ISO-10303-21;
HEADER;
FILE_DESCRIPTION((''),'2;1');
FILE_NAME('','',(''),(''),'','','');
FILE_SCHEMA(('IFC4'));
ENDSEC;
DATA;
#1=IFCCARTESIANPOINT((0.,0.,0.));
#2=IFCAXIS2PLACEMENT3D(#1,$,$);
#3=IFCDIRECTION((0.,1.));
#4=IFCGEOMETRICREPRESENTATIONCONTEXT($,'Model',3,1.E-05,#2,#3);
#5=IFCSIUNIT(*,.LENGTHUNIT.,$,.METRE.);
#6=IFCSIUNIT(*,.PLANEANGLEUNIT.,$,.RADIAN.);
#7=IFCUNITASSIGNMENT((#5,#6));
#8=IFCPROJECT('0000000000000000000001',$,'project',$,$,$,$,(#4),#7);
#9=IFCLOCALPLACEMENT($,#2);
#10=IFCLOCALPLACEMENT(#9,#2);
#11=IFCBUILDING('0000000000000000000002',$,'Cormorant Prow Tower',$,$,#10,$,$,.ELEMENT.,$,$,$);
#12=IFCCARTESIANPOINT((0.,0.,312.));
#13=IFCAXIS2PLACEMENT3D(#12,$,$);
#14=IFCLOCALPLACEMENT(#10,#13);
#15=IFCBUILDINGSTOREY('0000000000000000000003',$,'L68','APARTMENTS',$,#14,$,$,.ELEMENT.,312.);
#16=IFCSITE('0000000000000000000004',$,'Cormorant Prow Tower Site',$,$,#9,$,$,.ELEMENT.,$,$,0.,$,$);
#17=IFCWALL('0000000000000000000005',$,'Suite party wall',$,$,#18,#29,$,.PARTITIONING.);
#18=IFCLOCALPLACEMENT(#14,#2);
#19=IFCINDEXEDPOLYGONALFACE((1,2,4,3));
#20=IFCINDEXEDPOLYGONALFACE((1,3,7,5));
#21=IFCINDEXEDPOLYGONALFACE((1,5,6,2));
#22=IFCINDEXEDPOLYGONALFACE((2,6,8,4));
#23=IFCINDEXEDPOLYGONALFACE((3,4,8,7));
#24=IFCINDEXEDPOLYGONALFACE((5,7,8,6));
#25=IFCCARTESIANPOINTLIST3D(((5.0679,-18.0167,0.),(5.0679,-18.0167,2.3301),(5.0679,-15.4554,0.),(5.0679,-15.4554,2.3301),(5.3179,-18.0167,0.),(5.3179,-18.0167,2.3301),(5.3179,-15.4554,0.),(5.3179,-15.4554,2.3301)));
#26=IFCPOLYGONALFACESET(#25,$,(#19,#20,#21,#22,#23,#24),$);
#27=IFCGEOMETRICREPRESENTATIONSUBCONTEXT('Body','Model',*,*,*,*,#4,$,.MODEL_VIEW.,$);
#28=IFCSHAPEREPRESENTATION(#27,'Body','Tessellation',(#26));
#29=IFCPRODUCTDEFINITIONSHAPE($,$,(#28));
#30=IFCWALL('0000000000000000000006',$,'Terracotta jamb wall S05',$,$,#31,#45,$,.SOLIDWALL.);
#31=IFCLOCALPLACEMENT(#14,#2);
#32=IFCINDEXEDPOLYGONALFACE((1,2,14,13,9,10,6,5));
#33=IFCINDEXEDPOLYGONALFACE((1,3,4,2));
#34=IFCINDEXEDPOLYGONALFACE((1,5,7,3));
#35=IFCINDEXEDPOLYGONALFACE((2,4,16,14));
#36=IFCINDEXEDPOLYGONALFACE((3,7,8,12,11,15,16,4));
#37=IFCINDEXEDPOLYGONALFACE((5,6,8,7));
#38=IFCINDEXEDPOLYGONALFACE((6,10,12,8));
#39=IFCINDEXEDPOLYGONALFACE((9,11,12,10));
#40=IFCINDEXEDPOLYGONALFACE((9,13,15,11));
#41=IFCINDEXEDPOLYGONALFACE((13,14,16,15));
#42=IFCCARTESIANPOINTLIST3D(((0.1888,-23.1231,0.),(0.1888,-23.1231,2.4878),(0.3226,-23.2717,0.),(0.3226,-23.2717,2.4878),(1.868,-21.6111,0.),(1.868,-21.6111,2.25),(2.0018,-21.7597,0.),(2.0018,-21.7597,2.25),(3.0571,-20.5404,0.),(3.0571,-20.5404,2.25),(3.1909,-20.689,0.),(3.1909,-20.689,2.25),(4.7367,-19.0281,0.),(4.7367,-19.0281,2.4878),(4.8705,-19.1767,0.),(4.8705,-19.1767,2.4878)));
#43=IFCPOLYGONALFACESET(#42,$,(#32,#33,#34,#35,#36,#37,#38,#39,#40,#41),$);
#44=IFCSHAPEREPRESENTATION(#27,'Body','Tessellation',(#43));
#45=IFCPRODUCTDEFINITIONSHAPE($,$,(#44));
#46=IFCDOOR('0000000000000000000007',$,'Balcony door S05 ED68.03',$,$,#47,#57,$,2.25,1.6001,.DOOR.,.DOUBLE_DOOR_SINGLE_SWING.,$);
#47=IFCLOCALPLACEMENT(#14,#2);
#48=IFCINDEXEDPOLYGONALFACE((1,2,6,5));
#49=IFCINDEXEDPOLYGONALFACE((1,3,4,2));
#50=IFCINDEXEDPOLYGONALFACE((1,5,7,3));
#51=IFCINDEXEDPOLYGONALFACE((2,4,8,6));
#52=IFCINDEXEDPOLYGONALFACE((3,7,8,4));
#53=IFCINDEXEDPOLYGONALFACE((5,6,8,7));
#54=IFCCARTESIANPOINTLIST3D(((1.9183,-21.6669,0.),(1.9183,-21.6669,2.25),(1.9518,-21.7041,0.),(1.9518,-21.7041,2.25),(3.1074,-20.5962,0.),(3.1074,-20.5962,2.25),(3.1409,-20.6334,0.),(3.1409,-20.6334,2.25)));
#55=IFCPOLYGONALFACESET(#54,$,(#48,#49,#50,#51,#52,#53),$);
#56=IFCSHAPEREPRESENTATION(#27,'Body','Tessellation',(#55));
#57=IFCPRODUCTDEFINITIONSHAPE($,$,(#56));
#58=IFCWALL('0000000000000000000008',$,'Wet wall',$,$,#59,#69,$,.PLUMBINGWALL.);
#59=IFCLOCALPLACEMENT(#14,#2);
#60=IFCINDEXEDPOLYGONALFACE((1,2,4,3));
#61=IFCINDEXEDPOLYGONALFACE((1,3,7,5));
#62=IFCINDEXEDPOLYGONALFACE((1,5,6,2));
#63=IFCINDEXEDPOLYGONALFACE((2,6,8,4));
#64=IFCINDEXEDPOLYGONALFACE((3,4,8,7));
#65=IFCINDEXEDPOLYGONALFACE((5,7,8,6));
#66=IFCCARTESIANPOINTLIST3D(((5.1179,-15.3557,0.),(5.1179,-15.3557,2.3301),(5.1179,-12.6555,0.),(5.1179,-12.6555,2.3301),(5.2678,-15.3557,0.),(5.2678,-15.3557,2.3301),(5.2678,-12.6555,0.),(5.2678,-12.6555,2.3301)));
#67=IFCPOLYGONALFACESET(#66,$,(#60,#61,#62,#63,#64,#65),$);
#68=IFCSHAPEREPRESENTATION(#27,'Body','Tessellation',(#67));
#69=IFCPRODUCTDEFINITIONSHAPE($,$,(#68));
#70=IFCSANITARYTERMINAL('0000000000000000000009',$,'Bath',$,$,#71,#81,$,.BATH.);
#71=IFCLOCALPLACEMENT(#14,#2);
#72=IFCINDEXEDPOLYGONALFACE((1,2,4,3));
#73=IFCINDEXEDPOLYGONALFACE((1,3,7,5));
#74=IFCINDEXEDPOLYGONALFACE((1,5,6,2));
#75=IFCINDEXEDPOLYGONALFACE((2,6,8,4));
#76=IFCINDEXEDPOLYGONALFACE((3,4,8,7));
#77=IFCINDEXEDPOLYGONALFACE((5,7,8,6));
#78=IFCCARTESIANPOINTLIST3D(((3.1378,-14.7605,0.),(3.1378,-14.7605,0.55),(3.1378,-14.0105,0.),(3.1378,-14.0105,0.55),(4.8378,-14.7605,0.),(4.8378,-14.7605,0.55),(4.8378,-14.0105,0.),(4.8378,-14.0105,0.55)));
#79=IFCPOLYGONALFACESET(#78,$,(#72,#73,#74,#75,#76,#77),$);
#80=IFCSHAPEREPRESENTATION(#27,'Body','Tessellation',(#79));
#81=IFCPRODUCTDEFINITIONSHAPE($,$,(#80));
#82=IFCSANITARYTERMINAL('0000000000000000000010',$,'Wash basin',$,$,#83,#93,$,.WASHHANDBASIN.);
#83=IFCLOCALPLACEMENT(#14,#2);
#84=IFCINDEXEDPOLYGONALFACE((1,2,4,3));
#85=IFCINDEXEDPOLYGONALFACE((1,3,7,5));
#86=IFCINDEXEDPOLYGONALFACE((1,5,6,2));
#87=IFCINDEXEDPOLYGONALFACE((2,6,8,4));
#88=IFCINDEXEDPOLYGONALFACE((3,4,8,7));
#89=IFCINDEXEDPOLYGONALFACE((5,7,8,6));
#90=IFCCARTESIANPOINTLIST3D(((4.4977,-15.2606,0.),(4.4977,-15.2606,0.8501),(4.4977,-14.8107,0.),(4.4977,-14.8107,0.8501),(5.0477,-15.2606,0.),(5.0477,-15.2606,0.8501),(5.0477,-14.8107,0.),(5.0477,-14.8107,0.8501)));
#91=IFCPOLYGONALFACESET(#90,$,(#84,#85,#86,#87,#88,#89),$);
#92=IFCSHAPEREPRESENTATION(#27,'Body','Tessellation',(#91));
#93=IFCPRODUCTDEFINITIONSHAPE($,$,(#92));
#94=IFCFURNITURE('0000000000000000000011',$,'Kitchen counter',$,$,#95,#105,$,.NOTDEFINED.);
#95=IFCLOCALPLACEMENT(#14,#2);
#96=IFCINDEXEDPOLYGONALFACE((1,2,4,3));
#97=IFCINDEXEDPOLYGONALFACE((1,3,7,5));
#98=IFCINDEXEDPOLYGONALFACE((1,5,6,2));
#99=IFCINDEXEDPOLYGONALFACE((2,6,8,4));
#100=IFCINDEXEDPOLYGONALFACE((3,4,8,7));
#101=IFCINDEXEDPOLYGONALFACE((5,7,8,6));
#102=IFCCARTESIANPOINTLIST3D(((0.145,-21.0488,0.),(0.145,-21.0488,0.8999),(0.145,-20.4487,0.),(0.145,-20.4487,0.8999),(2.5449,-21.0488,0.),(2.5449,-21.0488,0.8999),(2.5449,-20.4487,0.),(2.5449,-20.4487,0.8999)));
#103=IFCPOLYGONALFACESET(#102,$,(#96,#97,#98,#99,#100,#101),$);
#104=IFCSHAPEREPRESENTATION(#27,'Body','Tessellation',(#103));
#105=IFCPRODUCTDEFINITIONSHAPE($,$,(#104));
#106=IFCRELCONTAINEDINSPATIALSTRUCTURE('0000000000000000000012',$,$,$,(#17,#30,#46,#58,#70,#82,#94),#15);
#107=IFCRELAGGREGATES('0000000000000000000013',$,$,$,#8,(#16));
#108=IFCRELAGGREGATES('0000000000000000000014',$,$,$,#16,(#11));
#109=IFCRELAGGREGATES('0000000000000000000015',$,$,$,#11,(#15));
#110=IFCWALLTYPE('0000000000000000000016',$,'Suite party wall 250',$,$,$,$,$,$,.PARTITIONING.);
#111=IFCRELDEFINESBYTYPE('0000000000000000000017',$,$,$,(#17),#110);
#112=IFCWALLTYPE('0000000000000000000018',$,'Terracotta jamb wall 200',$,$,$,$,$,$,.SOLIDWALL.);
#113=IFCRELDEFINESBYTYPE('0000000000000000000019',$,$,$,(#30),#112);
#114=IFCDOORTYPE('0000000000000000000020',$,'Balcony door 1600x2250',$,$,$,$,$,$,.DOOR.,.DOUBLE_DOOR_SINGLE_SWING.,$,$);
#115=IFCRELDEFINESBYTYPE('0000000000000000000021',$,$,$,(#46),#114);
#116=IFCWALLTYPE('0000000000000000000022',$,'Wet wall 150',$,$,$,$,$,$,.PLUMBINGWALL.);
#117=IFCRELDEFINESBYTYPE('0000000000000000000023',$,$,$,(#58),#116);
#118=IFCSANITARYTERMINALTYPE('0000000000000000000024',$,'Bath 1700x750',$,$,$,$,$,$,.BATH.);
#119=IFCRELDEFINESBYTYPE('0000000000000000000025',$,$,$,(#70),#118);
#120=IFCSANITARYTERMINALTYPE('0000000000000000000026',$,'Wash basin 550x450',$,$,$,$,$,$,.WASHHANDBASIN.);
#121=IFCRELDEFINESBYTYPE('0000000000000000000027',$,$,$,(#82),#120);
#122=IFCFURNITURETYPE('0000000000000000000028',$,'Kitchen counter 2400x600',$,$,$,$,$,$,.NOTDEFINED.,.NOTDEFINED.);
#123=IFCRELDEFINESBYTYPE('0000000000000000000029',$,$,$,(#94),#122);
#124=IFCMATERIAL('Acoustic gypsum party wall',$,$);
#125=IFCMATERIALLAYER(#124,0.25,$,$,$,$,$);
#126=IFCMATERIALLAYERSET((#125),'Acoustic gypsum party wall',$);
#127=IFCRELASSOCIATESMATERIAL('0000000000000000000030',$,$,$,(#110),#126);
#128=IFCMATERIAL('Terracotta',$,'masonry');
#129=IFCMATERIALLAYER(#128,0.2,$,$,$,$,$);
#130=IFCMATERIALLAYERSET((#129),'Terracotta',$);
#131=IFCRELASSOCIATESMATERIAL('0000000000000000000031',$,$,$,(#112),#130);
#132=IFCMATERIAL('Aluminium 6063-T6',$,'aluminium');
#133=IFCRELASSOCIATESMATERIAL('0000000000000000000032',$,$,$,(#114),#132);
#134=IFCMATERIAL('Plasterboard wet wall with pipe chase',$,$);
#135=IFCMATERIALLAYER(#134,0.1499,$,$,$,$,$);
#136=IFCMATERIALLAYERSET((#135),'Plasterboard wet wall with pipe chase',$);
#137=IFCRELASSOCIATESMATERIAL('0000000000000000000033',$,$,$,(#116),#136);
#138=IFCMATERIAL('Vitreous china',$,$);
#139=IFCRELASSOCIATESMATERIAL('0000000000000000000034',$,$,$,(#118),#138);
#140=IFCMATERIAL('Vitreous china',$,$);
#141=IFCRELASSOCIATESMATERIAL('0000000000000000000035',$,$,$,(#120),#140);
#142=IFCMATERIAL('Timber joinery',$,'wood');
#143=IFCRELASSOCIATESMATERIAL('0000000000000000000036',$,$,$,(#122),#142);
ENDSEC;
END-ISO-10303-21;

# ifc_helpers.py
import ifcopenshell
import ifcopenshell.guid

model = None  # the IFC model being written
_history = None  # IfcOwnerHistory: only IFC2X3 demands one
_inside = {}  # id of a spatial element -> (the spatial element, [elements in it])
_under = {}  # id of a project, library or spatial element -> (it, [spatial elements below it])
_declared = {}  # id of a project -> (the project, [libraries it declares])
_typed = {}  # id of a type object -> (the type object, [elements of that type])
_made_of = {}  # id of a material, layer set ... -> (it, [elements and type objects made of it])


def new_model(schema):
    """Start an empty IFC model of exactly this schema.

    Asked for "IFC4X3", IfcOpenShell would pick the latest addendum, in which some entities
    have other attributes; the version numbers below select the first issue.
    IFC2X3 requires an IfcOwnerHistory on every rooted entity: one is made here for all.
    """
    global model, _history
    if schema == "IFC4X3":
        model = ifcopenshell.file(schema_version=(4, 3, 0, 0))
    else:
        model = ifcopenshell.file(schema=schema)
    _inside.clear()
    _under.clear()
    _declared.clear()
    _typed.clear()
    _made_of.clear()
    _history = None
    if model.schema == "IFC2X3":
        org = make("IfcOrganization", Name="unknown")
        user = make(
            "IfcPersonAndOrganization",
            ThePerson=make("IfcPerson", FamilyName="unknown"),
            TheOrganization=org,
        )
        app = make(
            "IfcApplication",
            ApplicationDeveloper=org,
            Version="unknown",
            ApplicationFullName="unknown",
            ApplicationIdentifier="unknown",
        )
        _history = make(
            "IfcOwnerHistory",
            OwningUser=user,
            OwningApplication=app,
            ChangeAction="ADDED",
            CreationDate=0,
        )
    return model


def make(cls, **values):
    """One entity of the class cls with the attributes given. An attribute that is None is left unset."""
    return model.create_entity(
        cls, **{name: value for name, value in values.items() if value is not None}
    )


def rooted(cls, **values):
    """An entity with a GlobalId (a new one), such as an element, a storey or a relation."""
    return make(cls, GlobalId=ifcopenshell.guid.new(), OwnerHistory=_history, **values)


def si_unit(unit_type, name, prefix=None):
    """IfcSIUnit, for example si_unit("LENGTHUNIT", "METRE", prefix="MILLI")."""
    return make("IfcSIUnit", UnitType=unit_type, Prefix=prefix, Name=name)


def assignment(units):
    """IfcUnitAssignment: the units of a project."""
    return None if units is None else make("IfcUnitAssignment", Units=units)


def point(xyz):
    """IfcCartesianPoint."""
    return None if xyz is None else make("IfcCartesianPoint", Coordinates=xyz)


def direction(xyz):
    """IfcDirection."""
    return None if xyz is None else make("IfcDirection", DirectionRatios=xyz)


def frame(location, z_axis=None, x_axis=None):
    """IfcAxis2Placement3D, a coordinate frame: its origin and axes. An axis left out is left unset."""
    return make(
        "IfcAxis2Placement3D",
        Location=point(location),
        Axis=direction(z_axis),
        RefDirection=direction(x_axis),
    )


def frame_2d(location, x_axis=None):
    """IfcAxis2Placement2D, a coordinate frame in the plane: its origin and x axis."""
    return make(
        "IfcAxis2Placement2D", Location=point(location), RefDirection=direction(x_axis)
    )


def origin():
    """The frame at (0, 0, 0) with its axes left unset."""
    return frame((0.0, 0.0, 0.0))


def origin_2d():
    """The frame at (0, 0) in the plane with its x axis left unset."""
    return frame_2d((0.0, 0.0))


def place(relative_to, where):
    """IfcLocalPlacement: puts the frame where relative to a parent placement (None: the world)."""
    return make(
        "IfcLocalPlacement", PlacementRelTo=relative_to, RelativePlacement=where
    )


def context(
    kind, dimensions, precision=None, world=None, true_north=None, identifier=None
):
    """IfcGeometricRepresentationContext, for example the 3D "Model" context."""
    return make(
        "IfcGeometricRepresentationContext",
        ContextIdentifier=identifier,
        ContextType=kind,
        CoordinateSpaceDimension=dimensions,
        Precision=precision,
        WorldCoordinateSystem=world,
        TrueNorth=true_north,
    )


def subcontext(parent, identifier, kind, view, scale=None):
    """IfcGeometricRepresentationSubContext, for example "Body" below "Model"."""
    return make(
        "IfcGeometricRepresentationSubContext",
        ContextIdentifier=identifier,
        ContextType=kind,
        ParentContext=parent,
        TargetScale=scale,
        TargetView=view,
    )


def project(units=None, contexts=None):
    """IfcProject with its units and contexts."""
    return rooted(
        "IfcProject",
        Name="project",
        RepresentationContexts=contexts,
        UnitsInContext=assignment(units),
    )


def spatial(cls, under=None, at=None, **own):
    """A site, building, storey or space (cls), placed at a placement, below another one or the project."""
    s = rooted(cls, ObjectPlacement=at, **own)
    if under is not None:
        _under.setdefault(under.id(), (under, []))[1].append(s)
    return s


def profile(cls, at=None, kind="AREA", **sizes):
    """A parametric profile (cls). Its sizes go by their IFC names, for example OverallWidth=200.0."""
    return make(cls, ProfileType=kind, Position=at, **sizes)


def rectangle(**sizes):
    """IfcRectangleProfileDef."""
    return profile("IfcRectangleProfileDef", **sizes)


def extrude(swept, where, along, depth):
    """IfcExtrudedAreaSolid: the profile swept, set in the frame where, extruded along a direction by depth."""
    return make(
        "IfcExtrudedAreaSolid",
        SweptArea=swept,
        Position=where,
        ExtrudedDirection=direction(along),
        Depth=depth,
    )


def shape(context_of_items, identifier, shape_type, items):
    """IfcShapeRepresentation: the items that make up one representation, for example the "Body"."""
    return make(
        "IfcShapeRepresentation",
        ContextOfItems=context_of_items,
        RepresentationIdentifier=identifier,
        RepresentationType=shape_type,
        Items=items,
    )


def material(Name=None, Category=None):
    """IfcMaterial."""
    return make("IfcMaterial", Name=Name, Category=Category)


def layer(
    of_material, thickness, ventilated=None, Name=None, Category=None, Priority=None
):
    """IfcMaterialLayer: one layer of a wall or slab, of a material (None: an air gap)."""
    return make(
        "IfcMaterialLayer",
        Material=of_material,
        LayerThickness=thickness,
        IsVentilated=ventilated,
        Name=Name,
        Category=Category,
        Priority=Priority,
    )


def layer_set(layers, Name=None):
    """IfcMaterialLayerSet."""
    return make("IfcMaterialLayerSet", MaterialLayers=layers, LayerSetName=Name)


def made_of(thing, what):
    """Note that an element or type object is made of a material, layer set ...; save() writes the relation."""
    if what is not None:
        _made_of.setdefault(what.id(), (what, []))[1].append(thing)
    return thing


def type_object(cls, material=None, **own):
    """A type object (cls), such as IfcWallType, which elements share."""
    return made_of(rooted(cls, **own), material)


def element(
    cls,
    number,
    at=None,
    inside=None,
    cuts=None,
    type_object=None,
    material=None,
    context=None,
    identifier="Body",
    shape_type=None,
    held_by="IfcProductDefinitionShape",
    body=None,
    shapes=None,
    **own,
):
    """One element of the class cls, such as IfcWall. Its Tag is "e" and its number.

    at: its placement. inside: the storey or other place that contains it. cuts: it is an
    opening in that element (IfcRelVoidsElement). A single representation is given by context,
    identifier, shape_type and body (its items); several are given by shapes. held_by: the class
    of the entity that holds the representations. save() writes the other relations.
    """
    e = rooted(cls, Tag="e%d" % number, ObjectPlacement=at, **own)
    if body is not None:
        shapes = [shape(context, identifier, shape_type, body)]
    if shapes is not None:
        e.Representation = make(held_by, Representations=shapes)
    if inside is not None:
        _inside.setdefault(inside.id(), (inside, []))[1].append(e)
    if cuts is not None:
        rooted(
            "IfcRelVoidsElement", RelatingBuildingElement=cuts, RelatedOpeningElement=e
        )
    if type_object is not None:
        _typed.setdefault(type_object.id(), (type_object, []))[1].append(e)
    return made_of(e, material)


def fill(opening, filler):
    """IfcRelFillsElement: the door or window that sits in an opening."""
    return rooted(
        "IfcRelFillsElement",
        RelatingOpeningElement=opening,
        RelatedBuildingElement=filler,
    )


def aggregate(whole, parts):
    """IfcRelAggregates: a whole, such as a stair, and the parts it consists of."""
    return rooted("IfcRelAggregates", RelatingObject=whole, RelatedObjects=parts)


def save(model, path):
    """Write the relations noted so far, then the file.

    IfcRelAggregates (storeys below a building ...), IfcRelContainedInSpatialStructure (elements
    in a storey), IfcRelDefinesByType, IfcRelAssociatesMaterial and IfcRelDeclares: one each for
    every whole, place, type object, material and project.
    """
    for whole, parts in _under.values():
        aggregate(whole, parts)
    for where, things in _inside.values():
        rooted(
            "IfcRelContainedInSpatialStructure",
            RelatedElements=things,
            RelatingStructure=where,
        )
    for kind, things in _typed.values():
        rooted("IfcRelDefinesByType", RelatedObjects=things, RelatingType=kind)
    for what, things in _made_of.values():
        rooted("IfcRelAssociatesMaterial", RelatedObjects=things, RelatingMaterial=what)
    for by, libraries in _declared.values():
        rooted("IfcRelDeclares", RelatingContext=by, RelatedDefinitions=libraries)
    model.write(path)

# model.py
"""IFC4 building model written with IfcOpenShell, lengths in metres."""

from ifc_helpers import new_model, si_unit, direction, frame, frame_2d, origin, origin_2d, place, context, subcontext, project, spatial, rectangle, extrude, material, layer, layer_set, type_object, element, fill, save


model = new_model("IFC4")

# Units and contexts
model_context = context("Model", 3, precision=1e-05, world=origin(), true_north=direction((0.0, 1.0)))
body_context = subcontext(model_context, "Body", "Model", "MODEL_VIEW")
ifc_project = project(units=[si_unit("LENGTHUNIT", "METRE"), si_unit("PLANEANGLEUNIT", "RADIAN")], contexts=[model_context])

# Site, building, storey
site_placement = place(None, origin())
site = spatial("IfcSite", under=ifc_project, at=site_placement, Name="Cormorant Prow Tower Site", CompositionType="ELEMENT", RefElevation=0.0)
building_placement = place(site_placement, origin())
building = spatial("IfcBuilding", under=site, at=building_placement, Name="Cormorant Prow Tower", CompositionType="ELEMENT")
storey_placement = place(building_placement, frame((0.0, 0.0, 312.0)))
storey = spatial("IfcBuildingStorey", under=building, at=storey_placement, Name="L68", Description="APARTMENTS", CompositionType="ELEMENT", Elevation=312.0)

# Wall
ifc_material_1 = material(Name="Acoustic gypsum party wall")
ifc_layer_1 = layer(ifc_material_1, 0.25)
ifc_layer_set_1 = layer_set([ifc_layer_1], Name="Acoustic gypsum party wall")
wall_type_1 = type_object("IfcWallType", Name="Suite party wall 250", PredefinedType="PARTITIONING", material=ifc_layer_set_1)
wall_1_placement = place(storey_placement, frame((5.1929, -18.0168, 0.0), z_axis=(0.0, 0.0, 1.0), x_axis=(0.0, 1.0, 0.0)))
element("IfcWall", 1, at=wall_1_placement, inside=storey, type_object=wall_type_1, Name="Suite party wall", PredefinedType="PARTITIONING", context=body_context, shape_type="SweptSolid", body=[
    extrude(rectangle(XDim=2.5613, YDim=0.25, at=frame_2d((1.2808, 0.0))), origin(), (0.0, 0.0, 1.0), 2.3301),
])

# Wall, opening, door
ifc_material_2 = material(Name="Terracotta", Category="masonry")
ifc_layer_2 = layer(ifc_material_2, 0.2)
ifc_layer_set_2 = layer_set([ifc_layer_2], Name="Terracotta")
wall_type_2 = type_object("IfcWallType", Name="Terracotta jamb wall 200", PredefinedType="SOLIDWALL", material=ifc_layer_set_2)
wall_2_placement = place(storey_placement, frame((0.2556, -23.1975, 0.0), z_axis=(0.0, 0.0, 1.0), x_axis=(0.743139, 0.669137, 0.0)))
wall_2 = element("IfcWall", 2, at=wall_2_placement, inside=storey, type_object=wall_type_2, Name="Terracotta jamb wall S05", PredefinedType="SOLIDWALL", context=body_context, shape_type="SweptSolid", body=[
    extrude(rectangle(XDim=6.1199, YDim=0.2, at=frame_2d((3.0601, 0.0))), origin(), (0.0, 0.0, 1.0), 2.4878),
])
opening_1_placement = place(wall_2_placement, frame((2.2598, 0.0, 0.0)))
opening_1 = element("IfcOpeningElement", 3, at=opening_1_placement, cuts=wall_2, PredefinedType="OPENING", context=body_context, shape_type="SweptSolid", body=[
    extrude(rectangle(XDim=1.6001, YDim=2.25, at=frame_2d((0.8, 1.125))), frame((0.0, 0.1099, 0.0), z_axis=(0.0, -1.0, 0.0), x_axis=(1.0, 0.0, 0.0)), (0.0, 0.0, 1.0), 0.22),
])
ifc_material_3 = material(Name="Aluminium 6063-T6", Category="aluminium")
door_type_1 = type_object("IfcDoorType", Name="Balcony door 1600x2250", OperationType="DOUBLE_DOOR_SINGLE_SWING", PredefinedType="DOOR", material=ifc_material_3)
door_1_placement = place(opening_1_placement, origin())
door_1 = element("IfcDoor", 4, at=door_1_placement, inside=storey, type_object=door_type_1, Name="Balcony door S05 ED68.03", OperationType="DOUBLE_DOOR_SINGLE_SWING", OverallHeight=2.25, OverallWidth=1.6001, PredefinedType="DOOR", context=body_context, shape_type="SweptSolid", body=[
    extrude(rectangle(XDim=1.6001, YDim=2.25, at=frame_2d((0.8, 1.125))), frame((0.0, 0.0249, 0.0), z_axis=(0.0, -1.0, 0.0), x_axis=(1.0, 0.0, 0.0)), (0.0, 0.0, 1.0), 0.05),
])
fill(opening_1, door_1)

# Wall
ifc_material_4 = material(Name="Plasterboard wet wall with pipe chase")
ifc_layer_3 = layer(ifc_material_4, 0.1499)
ifc_layer_set_3 = layer_set([ifc_layer_3], Name="Plasterboard wet wall with pipe chase")
wall_type_3 = type_object("IfcWallType", Name="Wet wall 150", PredefinedType="PLUMBINGWALL", material=ifc_layer_set_3)
wall_3_placement = place(storey_placement, frame((5.1929, -15.3557, 0.0), z_axis=(0.0, 0.0, 1.0), x_axis=(0.0, 1.0, 0.0)))
element("IfcWall", 5, at=wall_3_placement, inside=storey, type_object=wall_type_3, Name="Wet wall", PredefinedType="PLUMBINGWALL", context=body_context, shape_type="SweptSolid", body=[
    extrude(rectangle(XDim=2.7002, YDim=0.1499, at=frame_2d((1.3501, 0.0))), origin(), (0.0, 0.0, 1.0), 2.3301),
])

# Sanitary terminals
ifc_material_5 = material(Name="Vitreous china")
sanitary_terminal_type_1 = type_object("IfcSanitaryTerminalType", Name="Bath 1700x750", PredefinedType="BATH", material=ifc_material_5)
sanitary_terminal_1_placement = place(storey_placement, frame((3.9878, -14.3855, 0.0), z_axis=(0.0, 0.0, 1.0), x_axis=(1.0, 0.0, 0.0)))
element("IfcSanitaryTerminal", 6, at=sanitary_terminal_1_placement, inside=storey, type_object=sanitary_terminal_type_1, Name="Bath", PredefinedType="BATH", context=body_context, shape_type="SweptSolid", body=[
    extrude(rectangle(XDim=1.7, YDim=0.75, at=origin_2d()), origin(), (0.0, 0.0, 1.0), 0.55),
])
ifc_material_6 = material(Name="Vitreous china")
sanitary_terminal_type_2 = type_object("IfcSanitaryTerminalType", Name="Wash basin 550x450", PredefinedType="WASHHANDBASIN", material=ifc_material_6)
sanitary_terminal_2_placement = place(storey_placement, frame((4.7727, -15.0356, 0.0), z_axis=(0.0, 0.0, 1.0), x_axis=(-1.0, 0.0, 0.0)))
element("IfcSanitaryTerminal", 7, at=sanitary_terminal_2_placement, inside=storey, type_object=sanitary_terminal_type_2, Name="Wash basin", PredefinedType="WASHHANDBASIN", context=body_context, shape_type="SweptSolid", body=[
    extrude(rectangle(XDim=0.55, YDim=0.45, at=origin_2d()), origin(), (0.0, 0.0, 1.0), 0.8501),
])

# Furniture
ifc_material_7 = material(Name="Timber joinery", Category="wood")
furniture_type = type_object("IfcFurnitureType", Name="Kitchen counter 2400x600", AssemblyPlace="NOTDEFINED", PredefinedType="NOTDEFINED", material=ifc_material_7)
furniture_placement = place(storey_placement, frame((1.345, -20.7488, 0.0), z_axis=(0.0, 0.0, 1.0), x_axis=(1.0, 0.0, 0.0)))
element("IfcFurniture", 8, at=furniture_placement, inside=storey, type_object=furniture_type, Name="Kitchen counter", PredefinedType="NOTDEFINED", context=body_context, shape_type="SweptSolid", body=[
    extrude(rectangle(XDim=2.3999, YDim=0.6001, at=origin_2d()), origin(), (0.0, 0.0, 1.0), 0.8999),
])

save(model, "model.ifc")
